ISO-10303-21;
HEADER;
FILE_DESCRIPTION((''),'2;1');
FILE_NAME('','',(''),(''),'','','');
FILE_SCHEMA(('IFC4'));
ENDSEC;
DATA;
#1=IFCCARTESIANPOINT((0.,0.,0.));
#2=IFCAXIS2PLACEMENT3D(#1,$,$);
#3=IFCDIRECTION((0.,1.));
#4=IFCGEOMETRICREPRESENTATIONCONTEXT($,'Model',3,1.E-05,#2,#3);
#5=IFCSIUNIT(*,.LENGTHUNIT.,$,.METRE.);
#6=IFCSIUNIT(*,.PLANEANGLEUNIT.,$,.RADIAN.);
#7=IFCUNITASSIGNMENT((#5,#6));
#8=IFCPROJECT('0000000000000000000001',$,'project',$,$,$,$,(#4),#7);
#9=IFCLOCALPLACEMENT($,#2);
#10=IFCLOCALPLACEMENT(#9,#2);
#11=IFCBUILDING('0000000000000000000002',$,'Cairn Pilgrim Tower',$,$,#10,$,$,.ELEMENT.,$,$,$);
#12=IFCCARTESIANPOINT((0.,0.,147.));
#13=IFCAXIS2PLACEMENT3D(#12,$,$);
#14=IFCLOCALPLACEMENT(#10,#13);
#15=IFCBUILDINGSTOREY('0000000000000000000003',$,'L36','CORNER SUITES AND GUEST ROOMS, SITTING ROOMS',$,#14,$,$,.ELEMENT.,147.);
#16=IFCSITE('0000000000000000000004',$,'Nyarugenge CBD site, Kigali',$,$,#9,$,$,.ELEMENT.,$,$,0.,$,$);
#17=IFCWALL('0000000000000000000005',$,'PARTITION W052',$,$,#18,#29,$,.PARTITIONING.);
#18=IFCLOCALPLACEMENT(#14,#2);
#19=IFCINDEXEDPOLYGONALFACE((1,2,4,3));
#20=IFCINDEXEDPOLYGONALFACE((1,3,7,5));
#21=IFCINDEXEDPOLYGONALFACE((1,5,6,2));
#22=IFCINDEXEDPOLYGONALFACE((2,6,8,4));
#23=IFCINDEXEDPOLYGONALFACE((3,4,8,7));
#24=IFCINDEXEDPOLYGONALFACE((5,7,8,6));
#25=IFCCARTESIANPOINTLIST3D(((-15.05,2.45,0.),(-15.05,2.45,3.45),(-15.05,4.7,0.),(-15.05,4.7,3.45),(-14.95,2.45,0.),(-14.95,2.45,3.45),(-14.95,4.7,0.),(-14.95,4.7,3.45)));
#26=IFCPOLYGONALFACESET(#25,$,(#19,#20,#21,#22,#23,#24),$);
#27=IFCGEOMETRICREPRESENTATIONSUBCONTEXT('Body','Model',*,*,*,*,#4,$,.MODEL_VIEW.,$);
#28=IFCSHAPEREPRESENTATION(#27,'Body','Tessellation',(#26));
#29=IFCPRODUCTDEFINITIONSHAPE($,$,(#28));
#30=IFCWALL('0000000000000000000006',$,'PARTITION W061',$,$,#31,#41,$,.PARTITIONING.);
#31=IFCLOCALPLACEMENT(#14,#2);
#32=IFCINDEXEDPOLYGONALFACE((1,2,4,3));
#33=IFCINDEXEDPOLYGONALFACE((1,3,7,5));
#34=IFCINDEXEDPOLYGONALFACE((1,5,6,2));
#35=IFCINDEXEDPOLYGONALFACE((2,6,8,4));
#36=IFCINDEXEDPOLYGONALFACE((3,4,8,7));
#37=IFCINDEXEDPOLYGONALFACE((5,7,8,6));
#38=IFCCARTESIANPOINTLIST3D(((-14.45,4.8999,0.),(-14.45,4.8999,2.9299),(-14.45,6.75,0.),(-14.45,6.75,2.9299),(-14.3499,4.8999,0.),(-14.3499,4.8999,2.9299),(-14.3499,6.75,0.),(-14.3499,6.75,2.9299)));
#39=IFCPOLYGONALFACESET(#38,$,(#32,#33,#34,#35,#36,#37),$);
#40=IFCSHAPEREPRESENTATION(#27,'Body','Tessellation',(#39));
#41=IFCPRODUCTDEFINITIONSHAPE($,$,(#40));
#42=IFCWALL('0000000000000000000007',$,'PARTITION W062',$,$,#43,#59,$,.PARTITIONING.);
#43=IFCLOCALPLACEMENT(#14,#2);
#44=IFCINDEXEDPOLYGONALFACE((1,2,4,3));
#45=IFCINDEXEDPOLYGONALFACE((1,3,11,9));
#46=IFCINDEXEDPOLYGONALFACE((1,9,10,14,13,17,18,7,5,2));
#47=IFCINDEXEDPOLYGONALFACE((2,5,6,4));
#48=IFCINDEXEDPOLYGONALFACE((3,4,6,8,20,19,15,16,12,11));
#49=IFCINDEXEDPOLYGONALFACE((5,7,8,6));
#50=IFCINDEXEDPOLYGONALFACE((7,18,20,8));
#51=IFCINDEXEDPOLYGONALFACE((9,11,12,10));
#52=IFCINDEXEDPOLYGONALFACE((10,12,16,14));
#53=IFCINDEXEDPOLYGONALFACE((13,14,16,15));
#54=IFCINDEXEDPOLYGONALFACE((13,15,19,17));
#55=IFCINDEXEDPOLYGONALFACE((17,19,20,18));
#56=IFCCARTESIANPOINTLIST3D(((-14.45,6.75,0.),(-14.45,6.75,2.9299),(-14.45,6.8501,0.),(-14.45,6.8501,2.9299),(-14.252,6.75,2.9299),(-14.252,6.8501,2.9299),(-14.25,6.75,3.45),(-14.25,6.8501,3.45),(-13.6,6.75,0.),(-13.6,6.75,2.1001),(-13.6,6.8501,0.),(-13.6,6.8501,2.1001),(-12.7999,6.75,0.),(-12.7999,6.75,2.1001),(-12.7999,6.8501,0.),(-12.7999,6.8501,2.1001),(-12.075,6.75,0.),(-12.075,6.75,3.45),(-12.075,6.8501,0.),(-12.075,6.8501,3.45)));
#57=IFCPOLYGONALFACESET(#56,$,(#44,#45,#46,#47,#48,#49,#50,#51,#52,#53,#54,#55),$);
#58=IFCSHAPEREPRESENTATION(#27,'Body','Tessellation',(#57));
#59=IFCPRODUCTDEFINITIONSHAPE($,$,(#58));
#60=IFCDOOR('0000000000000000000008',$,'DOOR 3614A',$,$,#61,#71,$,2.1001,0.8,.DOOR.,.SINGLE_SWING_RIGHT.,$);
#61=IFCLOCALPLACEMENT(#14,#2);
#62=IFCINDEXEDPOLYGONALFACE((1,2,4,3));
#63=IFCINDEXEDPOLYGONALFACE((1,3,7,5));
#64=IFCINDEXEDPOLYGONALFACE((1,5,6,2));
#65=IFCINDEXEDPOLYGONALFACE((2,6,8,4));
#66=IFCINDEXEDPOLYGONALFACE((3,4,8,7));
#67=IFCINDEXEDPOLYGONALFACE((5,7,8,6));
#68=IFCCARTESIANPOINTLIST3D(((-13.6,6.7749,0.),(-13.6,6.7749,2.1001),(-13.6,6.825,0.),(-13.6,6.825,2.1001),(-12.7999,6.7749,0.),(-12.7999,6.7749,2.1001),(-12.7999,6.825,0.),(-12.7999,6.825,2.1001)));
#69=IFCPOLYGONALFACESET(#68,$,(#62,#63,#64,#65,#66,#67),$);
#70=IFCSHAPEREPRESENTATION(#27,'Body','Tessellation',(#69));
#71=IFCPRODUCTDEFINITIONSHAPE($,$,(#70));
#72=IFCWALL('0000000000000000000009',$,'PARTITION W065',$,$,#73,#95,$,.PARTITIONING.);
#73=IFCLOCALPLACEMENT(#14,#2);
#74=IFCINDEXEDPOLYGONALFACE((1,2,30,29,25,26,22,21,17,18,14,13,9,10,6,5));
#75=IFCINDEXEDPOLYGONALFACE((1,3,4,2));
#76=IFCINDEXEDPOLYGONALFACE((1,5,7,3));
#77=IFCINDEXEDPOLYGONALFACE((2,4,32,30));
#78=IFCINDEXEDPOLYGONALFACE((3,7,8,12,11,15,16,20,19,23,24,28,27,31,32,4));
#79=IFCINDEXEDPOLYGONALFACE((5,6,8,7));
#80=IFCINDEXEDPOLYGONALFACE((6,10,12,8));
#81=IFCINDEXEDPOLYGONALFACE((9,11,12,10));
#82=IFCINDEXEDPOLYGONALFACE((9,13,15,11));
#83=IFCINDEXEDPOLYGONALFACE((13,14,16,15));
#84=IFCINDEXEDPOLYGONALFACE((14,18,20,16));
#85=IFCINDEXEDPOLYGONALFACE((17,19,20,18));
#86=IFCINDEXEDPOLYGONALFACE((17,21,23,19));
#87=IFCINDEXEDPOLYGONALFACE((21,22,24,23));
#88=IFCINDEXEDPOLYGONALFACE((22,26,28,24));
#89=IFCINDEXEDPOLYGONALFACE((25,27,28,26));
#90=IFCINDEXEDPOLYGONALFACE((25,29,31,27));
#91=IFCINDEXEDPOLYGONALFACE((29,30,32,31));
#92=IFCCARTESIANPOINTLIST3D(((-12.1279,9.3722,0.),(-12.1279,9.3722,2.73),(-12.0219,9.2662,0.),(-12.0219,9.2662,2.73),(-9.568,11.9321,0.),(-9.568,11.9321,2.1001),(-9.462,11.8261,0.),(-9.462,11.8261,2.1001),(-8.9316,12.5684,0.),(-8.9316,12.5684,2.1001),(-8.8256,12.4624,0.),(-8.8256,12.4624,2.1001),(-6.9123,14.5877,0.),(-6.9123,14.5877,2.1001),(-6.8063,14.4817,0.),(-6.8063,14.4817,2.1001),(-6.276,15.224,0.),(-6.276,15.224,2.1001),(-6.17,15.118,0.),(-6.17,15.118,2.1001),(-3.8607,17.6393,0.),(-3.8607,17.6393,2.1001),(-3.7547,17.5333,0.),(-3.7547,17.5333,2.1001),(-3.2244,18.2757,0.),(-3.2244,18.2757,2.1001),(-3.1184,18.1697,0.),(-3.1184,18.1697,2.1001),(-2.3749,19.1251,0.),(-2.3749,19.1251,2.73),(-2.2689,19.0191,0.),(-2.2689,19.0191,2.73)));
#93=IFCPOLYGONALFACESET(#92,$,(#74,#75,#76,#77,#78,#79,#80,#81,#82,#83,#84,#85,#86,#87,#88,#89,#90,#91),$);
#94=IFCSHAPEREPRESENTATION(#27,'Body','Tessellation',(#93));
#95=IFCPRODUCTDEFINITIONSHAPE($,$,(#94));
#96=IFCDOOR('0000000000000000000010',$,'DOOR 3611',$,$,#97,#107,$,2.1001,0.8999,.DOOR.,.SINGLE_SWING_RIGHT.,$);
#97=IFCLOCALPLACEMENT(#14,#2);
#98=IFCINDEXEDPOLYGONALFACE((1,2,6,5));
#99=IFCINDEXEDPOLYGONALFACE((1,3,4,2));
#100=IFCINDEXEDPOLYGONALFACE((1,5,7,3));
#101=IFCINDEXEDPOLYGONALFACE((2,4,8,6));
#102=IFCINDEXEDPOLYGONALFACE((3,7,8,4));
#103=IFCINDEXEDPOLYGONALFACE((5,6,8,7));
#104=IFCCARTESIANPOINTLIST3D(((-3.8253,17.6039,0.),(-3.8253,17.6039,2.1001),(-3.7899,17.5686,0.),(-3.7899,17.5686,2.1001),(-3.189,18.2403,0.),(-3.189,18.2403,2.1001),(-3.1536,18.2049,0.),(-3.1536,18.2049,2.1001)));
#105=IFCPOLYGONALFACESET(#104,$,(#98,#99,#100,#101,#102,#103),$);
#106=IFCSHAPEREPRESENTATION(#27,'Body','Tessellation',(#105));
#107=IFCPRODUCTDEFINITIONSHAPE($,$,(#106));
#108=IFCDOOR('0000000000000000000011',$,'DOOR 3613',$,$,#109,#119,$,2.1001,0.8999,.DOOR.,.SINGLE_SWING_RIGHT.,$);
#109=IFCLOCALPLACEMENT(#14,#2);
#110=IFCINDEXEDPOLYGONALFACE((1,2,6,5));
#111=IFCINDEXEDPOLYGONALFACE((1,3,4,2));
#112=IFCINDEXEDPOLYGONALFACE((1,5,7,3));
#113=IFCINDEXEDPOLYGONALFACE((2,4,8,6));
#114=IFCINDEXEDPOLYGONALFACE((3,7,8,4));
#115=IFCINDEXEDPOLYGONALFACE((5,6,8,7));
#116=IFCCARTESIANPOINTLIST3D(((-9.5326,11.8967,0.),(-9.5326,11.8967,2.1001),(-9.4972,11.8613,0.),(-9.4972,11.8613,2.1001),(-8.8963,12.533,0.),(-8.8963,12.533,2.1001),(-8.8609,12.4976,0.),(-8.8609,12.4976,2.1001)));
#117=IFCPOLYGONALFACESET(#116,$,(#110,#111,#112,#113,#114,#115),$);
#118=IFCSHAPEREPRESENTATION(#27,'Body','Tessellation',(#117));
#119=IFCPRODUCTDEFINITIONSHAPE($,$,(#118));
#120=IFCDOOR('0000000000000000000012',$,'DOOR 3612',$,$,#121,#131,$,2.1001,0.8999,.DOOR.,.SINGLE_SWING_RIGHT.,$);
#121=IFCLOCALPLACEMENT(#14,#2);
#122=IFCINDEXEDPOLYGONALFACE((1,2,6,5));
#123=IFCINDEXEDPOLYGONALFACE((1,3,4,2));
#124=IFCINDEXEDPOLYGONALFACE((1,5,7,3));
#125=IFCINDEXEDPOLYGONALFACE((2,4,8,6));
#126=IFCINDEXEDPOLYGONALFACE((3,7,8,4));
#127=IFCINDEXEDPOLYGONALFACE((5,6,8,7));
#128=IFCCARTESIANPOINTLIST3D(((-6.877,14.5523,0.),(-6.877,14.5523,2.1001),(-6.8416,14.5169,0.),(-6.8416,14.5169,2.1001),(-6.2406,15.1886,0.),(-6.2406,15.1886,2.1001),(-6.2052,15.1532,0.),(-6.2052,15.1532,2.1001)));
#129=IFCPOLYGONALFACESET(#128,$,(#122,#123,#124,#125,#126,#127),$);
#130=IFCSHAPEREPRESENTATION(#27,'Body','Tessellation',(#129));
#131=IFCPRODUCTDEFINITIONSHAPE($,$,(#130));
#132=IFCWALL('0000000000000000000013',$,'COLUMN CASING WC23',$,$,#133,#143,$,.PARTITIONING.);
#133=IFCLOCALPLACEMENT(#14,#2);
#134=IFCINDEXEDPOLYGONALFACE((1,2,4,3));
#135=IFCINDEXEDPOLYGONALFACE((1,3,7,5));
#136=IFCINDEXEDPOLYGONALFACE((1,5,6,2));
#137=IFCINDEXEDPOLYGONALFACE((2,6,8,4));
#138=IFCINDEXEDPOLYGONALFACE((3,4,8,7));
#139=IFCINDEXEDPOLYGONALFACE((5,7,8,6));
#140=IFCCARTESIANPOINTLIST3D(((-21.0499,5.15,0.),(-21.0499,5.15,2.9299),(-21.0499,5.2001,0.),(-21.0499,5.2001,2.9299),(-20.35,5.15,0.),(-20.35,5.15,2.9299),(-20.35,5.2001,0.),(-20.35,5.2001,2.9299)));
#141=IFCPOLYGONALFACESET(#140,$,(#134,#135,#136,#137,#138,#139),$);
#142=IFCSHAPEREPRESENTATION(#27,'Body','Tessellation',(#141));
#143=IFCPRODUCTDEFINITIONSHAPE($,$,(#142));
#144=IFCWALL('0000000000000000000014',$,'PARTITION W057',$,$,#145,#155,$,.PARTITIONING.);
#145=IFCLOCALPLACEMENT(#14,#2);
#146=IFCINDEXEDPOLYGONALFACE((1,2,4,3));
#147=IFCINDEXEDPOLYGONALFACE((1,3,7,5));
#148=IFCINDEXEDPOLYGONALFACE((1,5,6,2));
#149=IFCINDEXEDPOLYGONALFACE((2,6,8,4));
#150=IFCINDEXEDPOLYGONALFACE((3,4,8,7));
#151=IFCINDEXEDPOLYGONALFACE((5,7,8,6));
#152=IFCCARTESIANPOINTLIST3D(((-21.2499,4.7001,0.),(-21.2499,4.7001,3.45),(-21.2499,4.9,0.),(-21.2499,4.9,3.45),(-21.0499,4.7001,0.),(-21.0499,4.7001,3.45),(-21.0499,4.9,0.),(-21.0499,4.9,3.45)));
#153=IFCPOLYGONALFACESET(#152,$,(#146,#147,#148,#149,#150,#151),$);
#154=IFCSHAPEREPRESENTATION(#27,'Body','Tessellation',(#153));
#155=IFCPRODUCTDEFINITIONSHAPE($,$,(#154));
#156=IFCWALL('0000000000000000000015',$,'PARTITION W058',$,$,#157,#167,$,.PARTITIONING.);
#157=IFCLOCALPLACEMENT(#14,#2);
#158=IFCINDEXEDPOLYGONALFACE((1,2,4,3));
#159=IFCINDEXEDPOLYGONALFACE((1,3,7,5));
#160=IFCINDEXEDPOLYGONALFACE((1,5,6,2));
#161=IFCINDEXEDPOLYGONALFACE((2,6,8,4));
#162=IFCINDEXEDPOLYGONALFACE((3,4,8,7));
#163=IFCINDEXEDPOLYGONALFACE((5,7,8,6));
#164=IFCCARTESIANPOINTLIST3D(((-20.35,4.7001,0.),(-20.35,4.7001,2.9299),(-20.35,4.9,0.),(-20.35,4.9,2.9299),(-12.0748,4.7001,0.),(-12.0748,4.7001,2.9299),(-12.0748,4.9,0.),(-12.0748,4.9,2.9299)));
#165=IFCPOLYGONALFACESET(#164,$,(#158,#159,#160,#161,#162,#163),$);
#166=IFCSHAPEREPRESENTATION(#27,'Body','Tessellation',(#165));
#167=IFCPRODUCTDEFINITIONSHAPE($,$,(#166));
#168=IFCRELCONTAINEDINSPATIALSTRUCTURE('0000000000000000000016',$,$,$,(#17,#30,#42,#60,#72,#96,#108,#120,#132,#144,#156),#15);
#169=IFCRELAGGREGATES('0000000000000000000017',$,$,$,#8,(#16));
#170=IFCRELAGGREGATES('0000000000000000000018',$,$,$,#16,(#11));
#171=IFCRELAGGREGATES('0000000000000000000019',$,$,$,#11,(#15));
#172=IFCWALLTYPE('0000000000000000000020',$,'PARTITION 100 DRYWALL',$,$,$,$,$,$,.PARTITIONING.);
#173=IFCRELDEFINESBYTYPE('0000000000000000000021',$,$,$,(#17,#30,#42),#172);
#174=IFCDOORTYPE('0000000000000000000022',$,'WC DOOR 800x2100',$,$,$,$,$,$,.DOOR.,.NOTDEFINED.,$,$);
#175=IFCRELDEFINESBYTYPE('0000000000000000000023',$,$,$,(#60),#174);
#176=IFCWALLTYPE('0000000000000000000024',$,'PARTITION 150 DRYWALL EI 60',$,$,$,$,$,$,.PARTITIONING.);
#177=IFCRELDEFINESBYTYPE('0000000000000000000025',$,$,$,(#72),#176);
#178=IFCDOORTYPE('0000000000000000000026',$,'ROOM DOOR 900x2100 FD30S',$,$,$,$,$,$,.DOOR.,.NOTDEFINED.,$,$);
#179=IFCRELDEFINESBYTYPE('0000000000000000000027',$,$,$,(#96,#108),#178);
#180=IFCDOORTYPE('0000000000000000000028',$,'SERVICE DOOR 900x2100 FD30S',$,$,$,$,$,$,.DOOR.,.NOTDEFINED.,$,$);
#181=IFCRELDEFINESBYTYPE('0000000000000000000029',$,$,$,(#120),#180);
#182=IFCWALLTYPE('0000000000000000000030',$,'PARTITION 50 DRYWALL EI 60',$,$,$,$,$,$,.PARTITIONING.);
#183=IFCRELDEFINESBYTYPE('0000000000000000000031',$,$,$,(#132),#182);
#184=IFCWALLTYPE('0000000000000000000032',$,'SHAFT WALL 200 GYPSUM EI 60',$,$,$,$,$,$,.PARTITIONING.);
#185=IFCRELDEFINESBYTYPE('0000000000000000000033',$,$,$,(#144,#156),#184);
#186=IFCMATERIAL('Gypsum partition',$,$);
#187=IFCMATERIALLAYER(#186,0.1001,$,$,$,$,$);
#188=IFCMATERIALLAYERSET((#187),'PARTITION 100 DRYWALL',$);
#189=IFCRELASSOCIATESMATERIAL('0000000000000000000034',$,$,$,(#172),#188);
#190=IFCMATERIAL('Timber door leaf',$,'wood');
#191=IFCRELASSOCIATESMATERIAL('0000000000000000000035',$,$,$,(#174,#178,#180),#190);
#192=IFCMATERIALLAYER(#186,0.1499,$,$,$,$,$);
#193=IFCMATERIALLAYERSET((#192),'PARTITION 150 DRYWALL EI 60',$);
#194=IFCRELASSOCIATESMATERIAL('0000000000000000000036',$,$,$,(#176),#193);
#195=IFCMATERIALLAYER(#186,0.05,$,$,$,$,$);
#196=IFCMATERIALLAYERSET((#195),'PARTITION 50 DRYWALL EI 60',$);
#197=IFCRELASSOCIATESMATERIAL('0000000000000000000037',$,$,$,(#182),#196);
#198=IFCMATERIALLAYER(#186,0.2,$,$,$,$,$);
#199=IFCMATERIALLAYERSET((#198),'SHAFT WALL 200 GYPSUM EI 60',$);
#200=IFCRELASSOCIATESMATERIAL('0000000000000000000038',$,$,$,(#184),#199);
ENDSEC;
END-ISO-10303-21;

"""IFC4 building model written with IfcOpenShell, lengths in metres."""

from ifc_helpers import new_model, si_unit, direction, frame, frame_2d, origin, place, context, subcontext, project, spatial, polyline, rectangle, outline, extrude, material, layer, layer_set, type_object, element, fill, save


model = new_model("IFC4")

# Units and contexts
model_context = context("Model", 3, precision=1e-05, world=origin(), true_north=direction((0.0, 1.0)))
body_context = subcontext(model_context, "Body", "Model", "MODEL_VIEW")
ifc_project = project(units=[si_unit("LENGTHUNIT", "METRE"), si_unit("PLANEANGLEUNIT", "RADIAN")], contexts=[model_context])

# Site, building, storey
site_placement = place(None, origin())
site = spatial("IfcSite", under=ifc_project, at=site_placement, Name="Nyarugenge CBD site, Kigali", CompositionType="ELEMENT", RefElevation=0.0)
building_placement = place(site_placement, origin())
building = spatial("IfcBuilding", under=site, at=building_placement, Name="Cairn Pilgrim Tower", CompositionType="ELEMENT")
storey_placement = place(building_placement, frame((0.0, 0.0, 147.0)))
storey = spatial("IfcBuildingStorey", under=building, at=storey_placement, Name="L36", Description="CORNER SUITES AND GUEST ROOMS, SITTING ROOMS", CompositionType="ELEMENT", Elevation=147.0)

# Walls
ifc_material_1 = material(Name="Gypsum partition")
ifc_layer_1 = layer(ifc_material_1, 0.1001)
ifc_layer_set_1 = layer_set([ifc_layer_1], Name="PARTITION 100 DRYWALL")
wall_type_1 = type_object("IfcWallType", Name="PARTITION 100 DRYWALL", PredefinedType="PARTITIONING", material=ifc_layer_set_1)
wall_1_placement = place(storey_placement, frame((-15.0, 2.45, 0.0), z_axis=(0.0, 0.0, 1.0), x_axis=(0.0, 1.0, 0.0)))
element("IfcWall", 1, at=wall_1_placement, inside=storey, type_object=wall_type_1, Name="PARTITION W052", PredefinedType="PARTITIONING", context=body_context, shape_type="SweptSolid", body=[
    extrude(rectangle(XDim=2.25, YDim=0.1001, at=frame_2d((1.125, 0.0))), origin(), (0.0, 0.0, 1.0), 3.45),
])
wall_2_placement = place(storey_placement, frame((-14.3999, 4.8999, 0.0), z_axis=(0.0, 0.0, 1.0), x_axis=(0.0, 1.0, 0.0)))
element("IfcWall", 2, at=wall_2_placement, inside=storey, type_object=wall_type_1, Name="PARTITION W061", PredefinedType="PARTITIONING", context=body_context, shape_type="SweptSolid", body=[
    extrude(rectangle(XDim=1.8501, YDim=0.1001, at=frame_2d((0.925, 0.0))), origin(), (0.0, 0.0, 1.0), 2.9299),
])

# Wall, opening, door
wall_3_placement = place(storey_placement, frame((-14.45, 6.8, 0.0), z_axis=(0.0, 0.0, 1.0), x_axis=(1.0, 0.0, 0.0)))
wall_3 = element("IfcWall", 3, at=wall_3_placement, inside=storey, type_object=wall_type_1, Name="PARTITION W062", PredefinedType="PARTITIONING", context=body_context, shape_type="SweptSolid", body=[
    extrude(outline(polyline([(0.0, 0.0), (2.375, 0.0), (2.375, 3.45), (0.2, 3.45), (0.198, 2.9299), (0.0, 2.9299), (0.0, 0.0)])), frame((0.0, 0.05, 0.0), z_axis=(0.0, -1.0, 0.0), x_axis=(1.0, 0.0, 0.0)), (0.0, 0.0, 1.0), 0.1001),
])
opening_1_placement = place(wall_3_placement, frame((0.8501, 0.0, 0.0)))
opening_1 = element("IfcOpeningElement", 4, at=opening_1_placement, cuts=wall_3, PredefinedType="OPENING", context=body_context, shape_type="SweptSolid", body=[
    extrude(rectangle(XDim=0.8, YDim=2.1001, at=frame_2d((0.3999, 1.05))), frame((0.0, 0.0601, 0.0), z_axis=(0.0, -1.0, 0.0), x_axis=(1.0, 0.0, 0.0)), (0.0, 0.0, 1.0), 0.1201),
])
ifc_material_2 = material(Name="Timber door leaf", Category="wood")
door_type_1 = type_object("IfcDoorType", Name="WC DOOR 800x2100", OperationType="NOTDEFINED", PredefinedType="DOOR", material=ifc_material_2)
door_1_placement = place(opening_1_placement, origin())
door_1 = element("IfcDoor", 5, at=door_1_placement, inside=storey, type_object=door_type_1, Name="DOOR 3614A", OperationType="SINGLE_SWING_RIGHT", OverallHeight=2.1001, OverallWidth=0.8, PredefinedType="DOOR", context=body_context, shape_type="SweptSolid", body=[
    extrude(rectangle(XDim=0.8, YDim=2.1001, at=frame_2d((0.3999, 1.05))), frame((0.0, 0.0249, 0.0), z_axis=(0.0, -1.0, 0.0), x_axis=(1.0, 0.0, 0.0)), (0.0, 0.0, 1.0), 0.05),
])
fill(opening_1, door_1)

# Wall, openings, doors
ifc_layer_2 = layer(ifc_material_1, 0.1499)
ifc_layer_set_2 = layer_set([ifc_layer_2], Name="PARTITION 150 DRYWALL EI 60")
wall_type_2 = type_object("IfcWallType", Name="PARTITION 150 DRYWALL EI 60", PredefinedType="PARTITIONING", material=ifc_layer_set_2)
wall_4_placement = place(storey_placement, frame((-12.075, 9.3191, 0.0), z_axis=(0.0, 0.0, 1.0), x_axis=(0.707107, 0.707107, 0.0)))
wall_4 = element("IfcWall", 6, at=wall_4_placement, inside=storey, type_object=wall_type_2, Name="PARTITION W065", PredefinedType="PARTITIONING", context=body_context, shape_type="SweptSolid", body=[
    extrude(rectangle(XDim=13.7927, YDim=0.1499, at=frame_2d((6.8965, 0.0))), origin(), (0.0, 0.0, 1.0), 2.73),
])
opening_2_placement = place(wall_4_placement, frame((11.6917, 0.0, 0.0)))
opening_2 = element("IfcOpeningElement", 7, at=opening_2_placement, cuts=wall_4, PredefinedType="OPENING", context=body_context, shape_type="SweptSolid", body=[
    extrude(rectangle(XDim=0.8999, YDim=2.1001, at=frame_2d((0.45, 1.05))), frame((0.0, 0.085, 0.0), z_axis=(0.0, -1.0, 0.0), x_axis=(1.0, 0.0, 0.0)), (0.0, 0.0, 1.0), 0.1699),
])
opening_3_placement = place(wall_4_placement, frame((7.376, 0.0, 0.0)))
opening_3 = element("IfcOpeningElement", 8, at=opening_3_placement, cuts=wall_4, PredefinedType="OPENING", context=body_context, shape_type="SweptSolid", body=[
    extrude(rectangle(XDim=0.8999, YDim=2.1001, at=frame_2d((0.45, 1.05))), frame((0.0, 0.085, 0.0), z_axis=(0.0, -1.0, 0.0), x_axis=(1.0, 0.0, 0.0)), (0.0, 0.0, 1.0), 0.1699),
])
opening_4_placement = place(wall_4_placement, frame((3.6204, 0.0, 0.0)))
opening_4 = element("IfcOpeningElement", 9, at=opening_4_placement, cuts=wall_4, PredefinedType="OPENING", context=body_context, shape_type="SweptSolid", body=[
    extrude(rectangle(XDim=0.8999, YDim=2.1001, at=frame_2d((0.45, 1.05))), frame((0.0, 0.085, 0.0), z_axis=(0.0, -1.0, 0.0), x_axis=(1.0, 0.0, 0.0)), (0.0, 0.0, 1.0), 0.1699),
])
door_type_2 = type_object("IfcDoorType", Name="ROOM DOOR 900x2100 FD30S", OperationType="NOTDEFINED", PredefinedType="DOOR", material=ifc_material_2)
door_2_placement = place(opening_2_placement, origin())
door_2 = element("IfcDoor", 10, at=door_2_placement, inside=storey, type_object=door_type_2, Name="DOOR 3611", OperationType="SINGLE_SWING_RIGHT", OverallHeight=2.1001, OverallWidth=0.8999, PredefinedType="DOOR", context=body_context, shape_type="SweptSolid", body=[
    extrude(rectangle(XDim=0.8999, YDim=2.1001, at=frame_2d((0.45, 1.05))), frame((0.0, 0.0249, 0.0), z_axis=(0.0, -1.0, 0.0), x_axis=(1.0, 0.0, 0.0)), (0.0, 0.0, 1.0), 0.05),
])
fill(opening_2, door_2)
door_3_placement = place(opening_4_placement, origin())
door_3 = element("IfcDoor", 11, at=door_3_placement, inside=storey, type_object=door_type_2, Name="DOOR 3613", OperationType="SINGLE_SWING_RIGHT", OverallHeight=2.1001, OverallWidth=0.8999, PredefinedType="DOOR", context=body_context, shape_type="SweptSolid", body=[
    extrude(rectangle(XDim=0.8999, YDim=2.1001, at=frame_2d((0.45, 1.05))), frame((0.0, 0.0249, 0.0), z_axis=(0.0, -1.0, 0.0), x_axis=(1.0, 0.0, 0.0)), (0.0, 0.0, 1.0), 0.05),
])
fill(opening_4, door_3)
door_type_3 = type_object("IfcDoorType", Name="SERVICE DOOR 900x2100 FD30S", OperationType="NOTDEFINED", PredefinedType="DOOR", material=ifc_material_2)
door_4_placement = place(opening_3_placement, origin())
door_4 = element("IfcDoor", 12, at=door_4_placement, inside=storey, type_object=door_type_3, Name="DOOR 3612", OperationType="SINGLE_SWING_RIGHT", OverallHeight=2.1001, OverallWidth=0.8999, PredefinedType="DOOR", context=body_context, shape_type="SweptSolid", body=[
    extrude(rectangle(XDim=0.8999, YDim=2.1001, at=frame_2d((0.45, 1.05))), frame((0.0, 0.0249, 0.0), z_axis=(0.0, -1.0, 0.0), x_axis=(1.0, 0.0, 0.0)), (0.0, 0.0, 1.0), 0.05),
])
fill(opening_3, door_4)

# Walls
ifc_layer_3 = layer(ifc_material_1, 0.05)
ifc_layer_set_3 = layer_set([ifc_layer_3], Name="PARTITION 50 DRYWALL EI 60")
wall_type_3 = type_object("IfcWallType", Name="PARTITION 50 DRYWALL EI 60", PredefinedType="PARTITIONING", material=ifc_layer_set_3)
wall_5_placement = place(storey_placement, frame((-21.05, 5.175, 0.0), z_axis=(0.0, 0.0, 1.0), x_axis=(1.0, 0.0, 0.0)))
element("IfcWall", 13, at=wall_5_placement, inside=storey, type_object=wall_type_3, Name="COLUMN CASING WC23", PredefinedType="PARTITIONING", context=body_context, shape_type="SweptSolid", body=[
    extrude(rectangle(XDim=0.7, YDim=0.05, at=frame_2d((0.3501, 0.0))), origin(), (0.0, 0.0, 1.0), 2.9299),
])
ifc_layer_4 = layer(ifc_material_1, 0.2)
ifc_layer_set_4 = layer_set([ifc_layer_4], Name="SHAFT WALL 200 GYPSUM EI 60")
wall_type_4 = type_object("IfcWallType", Name="SHAFT WALL 200 GYPSUM EI 60", PredefinedType="PARTITIONING", material=ifc_layer_set_4)
wall_6_placement = place(storey_placement, frame((-21.25, 4.8, 0.0), z_axis=(0.0, 0.0, 1.0), x_axis=(1.0, 0.0, 0.0)))
element("IfcWall", 14, at=wall_6_placement, inside=storey, type_object=wall_type_4, Name="PARTITION W057", PredefinedType="PARTITIONING", context=body_context, shape_type="SweptSolid", body=[
    extrude(rectangle(XDim=0.2, YDim=0.2, at=frame_2d((0.1001, 0.0))), origin(), (0.0, 0.0, 1.0), 3.45),
])
wall_7_placement = place(storey_placement, frame((-20.3501, 4.8, 0.0), z_axis=(0.0, 0.0, 1.0), x_axis=(1.0, 0.0, 0.0)))
element("IfcWall", 15, at=wall_7_placement, inside=storey, type_object=wall_type_4, Name="PARTITION W058", PredefinedType="PARTITIONING", context=body_context, shape_type="SweptSolid", body=[
    extrude(rectangle(XDim=8.2751, YDim=0.2, at=frame_2d((4.1377, 0.0))), origin(), (0.0, 0.0, 1.0), 2.9299),
])

save(model, "model.ifc")
